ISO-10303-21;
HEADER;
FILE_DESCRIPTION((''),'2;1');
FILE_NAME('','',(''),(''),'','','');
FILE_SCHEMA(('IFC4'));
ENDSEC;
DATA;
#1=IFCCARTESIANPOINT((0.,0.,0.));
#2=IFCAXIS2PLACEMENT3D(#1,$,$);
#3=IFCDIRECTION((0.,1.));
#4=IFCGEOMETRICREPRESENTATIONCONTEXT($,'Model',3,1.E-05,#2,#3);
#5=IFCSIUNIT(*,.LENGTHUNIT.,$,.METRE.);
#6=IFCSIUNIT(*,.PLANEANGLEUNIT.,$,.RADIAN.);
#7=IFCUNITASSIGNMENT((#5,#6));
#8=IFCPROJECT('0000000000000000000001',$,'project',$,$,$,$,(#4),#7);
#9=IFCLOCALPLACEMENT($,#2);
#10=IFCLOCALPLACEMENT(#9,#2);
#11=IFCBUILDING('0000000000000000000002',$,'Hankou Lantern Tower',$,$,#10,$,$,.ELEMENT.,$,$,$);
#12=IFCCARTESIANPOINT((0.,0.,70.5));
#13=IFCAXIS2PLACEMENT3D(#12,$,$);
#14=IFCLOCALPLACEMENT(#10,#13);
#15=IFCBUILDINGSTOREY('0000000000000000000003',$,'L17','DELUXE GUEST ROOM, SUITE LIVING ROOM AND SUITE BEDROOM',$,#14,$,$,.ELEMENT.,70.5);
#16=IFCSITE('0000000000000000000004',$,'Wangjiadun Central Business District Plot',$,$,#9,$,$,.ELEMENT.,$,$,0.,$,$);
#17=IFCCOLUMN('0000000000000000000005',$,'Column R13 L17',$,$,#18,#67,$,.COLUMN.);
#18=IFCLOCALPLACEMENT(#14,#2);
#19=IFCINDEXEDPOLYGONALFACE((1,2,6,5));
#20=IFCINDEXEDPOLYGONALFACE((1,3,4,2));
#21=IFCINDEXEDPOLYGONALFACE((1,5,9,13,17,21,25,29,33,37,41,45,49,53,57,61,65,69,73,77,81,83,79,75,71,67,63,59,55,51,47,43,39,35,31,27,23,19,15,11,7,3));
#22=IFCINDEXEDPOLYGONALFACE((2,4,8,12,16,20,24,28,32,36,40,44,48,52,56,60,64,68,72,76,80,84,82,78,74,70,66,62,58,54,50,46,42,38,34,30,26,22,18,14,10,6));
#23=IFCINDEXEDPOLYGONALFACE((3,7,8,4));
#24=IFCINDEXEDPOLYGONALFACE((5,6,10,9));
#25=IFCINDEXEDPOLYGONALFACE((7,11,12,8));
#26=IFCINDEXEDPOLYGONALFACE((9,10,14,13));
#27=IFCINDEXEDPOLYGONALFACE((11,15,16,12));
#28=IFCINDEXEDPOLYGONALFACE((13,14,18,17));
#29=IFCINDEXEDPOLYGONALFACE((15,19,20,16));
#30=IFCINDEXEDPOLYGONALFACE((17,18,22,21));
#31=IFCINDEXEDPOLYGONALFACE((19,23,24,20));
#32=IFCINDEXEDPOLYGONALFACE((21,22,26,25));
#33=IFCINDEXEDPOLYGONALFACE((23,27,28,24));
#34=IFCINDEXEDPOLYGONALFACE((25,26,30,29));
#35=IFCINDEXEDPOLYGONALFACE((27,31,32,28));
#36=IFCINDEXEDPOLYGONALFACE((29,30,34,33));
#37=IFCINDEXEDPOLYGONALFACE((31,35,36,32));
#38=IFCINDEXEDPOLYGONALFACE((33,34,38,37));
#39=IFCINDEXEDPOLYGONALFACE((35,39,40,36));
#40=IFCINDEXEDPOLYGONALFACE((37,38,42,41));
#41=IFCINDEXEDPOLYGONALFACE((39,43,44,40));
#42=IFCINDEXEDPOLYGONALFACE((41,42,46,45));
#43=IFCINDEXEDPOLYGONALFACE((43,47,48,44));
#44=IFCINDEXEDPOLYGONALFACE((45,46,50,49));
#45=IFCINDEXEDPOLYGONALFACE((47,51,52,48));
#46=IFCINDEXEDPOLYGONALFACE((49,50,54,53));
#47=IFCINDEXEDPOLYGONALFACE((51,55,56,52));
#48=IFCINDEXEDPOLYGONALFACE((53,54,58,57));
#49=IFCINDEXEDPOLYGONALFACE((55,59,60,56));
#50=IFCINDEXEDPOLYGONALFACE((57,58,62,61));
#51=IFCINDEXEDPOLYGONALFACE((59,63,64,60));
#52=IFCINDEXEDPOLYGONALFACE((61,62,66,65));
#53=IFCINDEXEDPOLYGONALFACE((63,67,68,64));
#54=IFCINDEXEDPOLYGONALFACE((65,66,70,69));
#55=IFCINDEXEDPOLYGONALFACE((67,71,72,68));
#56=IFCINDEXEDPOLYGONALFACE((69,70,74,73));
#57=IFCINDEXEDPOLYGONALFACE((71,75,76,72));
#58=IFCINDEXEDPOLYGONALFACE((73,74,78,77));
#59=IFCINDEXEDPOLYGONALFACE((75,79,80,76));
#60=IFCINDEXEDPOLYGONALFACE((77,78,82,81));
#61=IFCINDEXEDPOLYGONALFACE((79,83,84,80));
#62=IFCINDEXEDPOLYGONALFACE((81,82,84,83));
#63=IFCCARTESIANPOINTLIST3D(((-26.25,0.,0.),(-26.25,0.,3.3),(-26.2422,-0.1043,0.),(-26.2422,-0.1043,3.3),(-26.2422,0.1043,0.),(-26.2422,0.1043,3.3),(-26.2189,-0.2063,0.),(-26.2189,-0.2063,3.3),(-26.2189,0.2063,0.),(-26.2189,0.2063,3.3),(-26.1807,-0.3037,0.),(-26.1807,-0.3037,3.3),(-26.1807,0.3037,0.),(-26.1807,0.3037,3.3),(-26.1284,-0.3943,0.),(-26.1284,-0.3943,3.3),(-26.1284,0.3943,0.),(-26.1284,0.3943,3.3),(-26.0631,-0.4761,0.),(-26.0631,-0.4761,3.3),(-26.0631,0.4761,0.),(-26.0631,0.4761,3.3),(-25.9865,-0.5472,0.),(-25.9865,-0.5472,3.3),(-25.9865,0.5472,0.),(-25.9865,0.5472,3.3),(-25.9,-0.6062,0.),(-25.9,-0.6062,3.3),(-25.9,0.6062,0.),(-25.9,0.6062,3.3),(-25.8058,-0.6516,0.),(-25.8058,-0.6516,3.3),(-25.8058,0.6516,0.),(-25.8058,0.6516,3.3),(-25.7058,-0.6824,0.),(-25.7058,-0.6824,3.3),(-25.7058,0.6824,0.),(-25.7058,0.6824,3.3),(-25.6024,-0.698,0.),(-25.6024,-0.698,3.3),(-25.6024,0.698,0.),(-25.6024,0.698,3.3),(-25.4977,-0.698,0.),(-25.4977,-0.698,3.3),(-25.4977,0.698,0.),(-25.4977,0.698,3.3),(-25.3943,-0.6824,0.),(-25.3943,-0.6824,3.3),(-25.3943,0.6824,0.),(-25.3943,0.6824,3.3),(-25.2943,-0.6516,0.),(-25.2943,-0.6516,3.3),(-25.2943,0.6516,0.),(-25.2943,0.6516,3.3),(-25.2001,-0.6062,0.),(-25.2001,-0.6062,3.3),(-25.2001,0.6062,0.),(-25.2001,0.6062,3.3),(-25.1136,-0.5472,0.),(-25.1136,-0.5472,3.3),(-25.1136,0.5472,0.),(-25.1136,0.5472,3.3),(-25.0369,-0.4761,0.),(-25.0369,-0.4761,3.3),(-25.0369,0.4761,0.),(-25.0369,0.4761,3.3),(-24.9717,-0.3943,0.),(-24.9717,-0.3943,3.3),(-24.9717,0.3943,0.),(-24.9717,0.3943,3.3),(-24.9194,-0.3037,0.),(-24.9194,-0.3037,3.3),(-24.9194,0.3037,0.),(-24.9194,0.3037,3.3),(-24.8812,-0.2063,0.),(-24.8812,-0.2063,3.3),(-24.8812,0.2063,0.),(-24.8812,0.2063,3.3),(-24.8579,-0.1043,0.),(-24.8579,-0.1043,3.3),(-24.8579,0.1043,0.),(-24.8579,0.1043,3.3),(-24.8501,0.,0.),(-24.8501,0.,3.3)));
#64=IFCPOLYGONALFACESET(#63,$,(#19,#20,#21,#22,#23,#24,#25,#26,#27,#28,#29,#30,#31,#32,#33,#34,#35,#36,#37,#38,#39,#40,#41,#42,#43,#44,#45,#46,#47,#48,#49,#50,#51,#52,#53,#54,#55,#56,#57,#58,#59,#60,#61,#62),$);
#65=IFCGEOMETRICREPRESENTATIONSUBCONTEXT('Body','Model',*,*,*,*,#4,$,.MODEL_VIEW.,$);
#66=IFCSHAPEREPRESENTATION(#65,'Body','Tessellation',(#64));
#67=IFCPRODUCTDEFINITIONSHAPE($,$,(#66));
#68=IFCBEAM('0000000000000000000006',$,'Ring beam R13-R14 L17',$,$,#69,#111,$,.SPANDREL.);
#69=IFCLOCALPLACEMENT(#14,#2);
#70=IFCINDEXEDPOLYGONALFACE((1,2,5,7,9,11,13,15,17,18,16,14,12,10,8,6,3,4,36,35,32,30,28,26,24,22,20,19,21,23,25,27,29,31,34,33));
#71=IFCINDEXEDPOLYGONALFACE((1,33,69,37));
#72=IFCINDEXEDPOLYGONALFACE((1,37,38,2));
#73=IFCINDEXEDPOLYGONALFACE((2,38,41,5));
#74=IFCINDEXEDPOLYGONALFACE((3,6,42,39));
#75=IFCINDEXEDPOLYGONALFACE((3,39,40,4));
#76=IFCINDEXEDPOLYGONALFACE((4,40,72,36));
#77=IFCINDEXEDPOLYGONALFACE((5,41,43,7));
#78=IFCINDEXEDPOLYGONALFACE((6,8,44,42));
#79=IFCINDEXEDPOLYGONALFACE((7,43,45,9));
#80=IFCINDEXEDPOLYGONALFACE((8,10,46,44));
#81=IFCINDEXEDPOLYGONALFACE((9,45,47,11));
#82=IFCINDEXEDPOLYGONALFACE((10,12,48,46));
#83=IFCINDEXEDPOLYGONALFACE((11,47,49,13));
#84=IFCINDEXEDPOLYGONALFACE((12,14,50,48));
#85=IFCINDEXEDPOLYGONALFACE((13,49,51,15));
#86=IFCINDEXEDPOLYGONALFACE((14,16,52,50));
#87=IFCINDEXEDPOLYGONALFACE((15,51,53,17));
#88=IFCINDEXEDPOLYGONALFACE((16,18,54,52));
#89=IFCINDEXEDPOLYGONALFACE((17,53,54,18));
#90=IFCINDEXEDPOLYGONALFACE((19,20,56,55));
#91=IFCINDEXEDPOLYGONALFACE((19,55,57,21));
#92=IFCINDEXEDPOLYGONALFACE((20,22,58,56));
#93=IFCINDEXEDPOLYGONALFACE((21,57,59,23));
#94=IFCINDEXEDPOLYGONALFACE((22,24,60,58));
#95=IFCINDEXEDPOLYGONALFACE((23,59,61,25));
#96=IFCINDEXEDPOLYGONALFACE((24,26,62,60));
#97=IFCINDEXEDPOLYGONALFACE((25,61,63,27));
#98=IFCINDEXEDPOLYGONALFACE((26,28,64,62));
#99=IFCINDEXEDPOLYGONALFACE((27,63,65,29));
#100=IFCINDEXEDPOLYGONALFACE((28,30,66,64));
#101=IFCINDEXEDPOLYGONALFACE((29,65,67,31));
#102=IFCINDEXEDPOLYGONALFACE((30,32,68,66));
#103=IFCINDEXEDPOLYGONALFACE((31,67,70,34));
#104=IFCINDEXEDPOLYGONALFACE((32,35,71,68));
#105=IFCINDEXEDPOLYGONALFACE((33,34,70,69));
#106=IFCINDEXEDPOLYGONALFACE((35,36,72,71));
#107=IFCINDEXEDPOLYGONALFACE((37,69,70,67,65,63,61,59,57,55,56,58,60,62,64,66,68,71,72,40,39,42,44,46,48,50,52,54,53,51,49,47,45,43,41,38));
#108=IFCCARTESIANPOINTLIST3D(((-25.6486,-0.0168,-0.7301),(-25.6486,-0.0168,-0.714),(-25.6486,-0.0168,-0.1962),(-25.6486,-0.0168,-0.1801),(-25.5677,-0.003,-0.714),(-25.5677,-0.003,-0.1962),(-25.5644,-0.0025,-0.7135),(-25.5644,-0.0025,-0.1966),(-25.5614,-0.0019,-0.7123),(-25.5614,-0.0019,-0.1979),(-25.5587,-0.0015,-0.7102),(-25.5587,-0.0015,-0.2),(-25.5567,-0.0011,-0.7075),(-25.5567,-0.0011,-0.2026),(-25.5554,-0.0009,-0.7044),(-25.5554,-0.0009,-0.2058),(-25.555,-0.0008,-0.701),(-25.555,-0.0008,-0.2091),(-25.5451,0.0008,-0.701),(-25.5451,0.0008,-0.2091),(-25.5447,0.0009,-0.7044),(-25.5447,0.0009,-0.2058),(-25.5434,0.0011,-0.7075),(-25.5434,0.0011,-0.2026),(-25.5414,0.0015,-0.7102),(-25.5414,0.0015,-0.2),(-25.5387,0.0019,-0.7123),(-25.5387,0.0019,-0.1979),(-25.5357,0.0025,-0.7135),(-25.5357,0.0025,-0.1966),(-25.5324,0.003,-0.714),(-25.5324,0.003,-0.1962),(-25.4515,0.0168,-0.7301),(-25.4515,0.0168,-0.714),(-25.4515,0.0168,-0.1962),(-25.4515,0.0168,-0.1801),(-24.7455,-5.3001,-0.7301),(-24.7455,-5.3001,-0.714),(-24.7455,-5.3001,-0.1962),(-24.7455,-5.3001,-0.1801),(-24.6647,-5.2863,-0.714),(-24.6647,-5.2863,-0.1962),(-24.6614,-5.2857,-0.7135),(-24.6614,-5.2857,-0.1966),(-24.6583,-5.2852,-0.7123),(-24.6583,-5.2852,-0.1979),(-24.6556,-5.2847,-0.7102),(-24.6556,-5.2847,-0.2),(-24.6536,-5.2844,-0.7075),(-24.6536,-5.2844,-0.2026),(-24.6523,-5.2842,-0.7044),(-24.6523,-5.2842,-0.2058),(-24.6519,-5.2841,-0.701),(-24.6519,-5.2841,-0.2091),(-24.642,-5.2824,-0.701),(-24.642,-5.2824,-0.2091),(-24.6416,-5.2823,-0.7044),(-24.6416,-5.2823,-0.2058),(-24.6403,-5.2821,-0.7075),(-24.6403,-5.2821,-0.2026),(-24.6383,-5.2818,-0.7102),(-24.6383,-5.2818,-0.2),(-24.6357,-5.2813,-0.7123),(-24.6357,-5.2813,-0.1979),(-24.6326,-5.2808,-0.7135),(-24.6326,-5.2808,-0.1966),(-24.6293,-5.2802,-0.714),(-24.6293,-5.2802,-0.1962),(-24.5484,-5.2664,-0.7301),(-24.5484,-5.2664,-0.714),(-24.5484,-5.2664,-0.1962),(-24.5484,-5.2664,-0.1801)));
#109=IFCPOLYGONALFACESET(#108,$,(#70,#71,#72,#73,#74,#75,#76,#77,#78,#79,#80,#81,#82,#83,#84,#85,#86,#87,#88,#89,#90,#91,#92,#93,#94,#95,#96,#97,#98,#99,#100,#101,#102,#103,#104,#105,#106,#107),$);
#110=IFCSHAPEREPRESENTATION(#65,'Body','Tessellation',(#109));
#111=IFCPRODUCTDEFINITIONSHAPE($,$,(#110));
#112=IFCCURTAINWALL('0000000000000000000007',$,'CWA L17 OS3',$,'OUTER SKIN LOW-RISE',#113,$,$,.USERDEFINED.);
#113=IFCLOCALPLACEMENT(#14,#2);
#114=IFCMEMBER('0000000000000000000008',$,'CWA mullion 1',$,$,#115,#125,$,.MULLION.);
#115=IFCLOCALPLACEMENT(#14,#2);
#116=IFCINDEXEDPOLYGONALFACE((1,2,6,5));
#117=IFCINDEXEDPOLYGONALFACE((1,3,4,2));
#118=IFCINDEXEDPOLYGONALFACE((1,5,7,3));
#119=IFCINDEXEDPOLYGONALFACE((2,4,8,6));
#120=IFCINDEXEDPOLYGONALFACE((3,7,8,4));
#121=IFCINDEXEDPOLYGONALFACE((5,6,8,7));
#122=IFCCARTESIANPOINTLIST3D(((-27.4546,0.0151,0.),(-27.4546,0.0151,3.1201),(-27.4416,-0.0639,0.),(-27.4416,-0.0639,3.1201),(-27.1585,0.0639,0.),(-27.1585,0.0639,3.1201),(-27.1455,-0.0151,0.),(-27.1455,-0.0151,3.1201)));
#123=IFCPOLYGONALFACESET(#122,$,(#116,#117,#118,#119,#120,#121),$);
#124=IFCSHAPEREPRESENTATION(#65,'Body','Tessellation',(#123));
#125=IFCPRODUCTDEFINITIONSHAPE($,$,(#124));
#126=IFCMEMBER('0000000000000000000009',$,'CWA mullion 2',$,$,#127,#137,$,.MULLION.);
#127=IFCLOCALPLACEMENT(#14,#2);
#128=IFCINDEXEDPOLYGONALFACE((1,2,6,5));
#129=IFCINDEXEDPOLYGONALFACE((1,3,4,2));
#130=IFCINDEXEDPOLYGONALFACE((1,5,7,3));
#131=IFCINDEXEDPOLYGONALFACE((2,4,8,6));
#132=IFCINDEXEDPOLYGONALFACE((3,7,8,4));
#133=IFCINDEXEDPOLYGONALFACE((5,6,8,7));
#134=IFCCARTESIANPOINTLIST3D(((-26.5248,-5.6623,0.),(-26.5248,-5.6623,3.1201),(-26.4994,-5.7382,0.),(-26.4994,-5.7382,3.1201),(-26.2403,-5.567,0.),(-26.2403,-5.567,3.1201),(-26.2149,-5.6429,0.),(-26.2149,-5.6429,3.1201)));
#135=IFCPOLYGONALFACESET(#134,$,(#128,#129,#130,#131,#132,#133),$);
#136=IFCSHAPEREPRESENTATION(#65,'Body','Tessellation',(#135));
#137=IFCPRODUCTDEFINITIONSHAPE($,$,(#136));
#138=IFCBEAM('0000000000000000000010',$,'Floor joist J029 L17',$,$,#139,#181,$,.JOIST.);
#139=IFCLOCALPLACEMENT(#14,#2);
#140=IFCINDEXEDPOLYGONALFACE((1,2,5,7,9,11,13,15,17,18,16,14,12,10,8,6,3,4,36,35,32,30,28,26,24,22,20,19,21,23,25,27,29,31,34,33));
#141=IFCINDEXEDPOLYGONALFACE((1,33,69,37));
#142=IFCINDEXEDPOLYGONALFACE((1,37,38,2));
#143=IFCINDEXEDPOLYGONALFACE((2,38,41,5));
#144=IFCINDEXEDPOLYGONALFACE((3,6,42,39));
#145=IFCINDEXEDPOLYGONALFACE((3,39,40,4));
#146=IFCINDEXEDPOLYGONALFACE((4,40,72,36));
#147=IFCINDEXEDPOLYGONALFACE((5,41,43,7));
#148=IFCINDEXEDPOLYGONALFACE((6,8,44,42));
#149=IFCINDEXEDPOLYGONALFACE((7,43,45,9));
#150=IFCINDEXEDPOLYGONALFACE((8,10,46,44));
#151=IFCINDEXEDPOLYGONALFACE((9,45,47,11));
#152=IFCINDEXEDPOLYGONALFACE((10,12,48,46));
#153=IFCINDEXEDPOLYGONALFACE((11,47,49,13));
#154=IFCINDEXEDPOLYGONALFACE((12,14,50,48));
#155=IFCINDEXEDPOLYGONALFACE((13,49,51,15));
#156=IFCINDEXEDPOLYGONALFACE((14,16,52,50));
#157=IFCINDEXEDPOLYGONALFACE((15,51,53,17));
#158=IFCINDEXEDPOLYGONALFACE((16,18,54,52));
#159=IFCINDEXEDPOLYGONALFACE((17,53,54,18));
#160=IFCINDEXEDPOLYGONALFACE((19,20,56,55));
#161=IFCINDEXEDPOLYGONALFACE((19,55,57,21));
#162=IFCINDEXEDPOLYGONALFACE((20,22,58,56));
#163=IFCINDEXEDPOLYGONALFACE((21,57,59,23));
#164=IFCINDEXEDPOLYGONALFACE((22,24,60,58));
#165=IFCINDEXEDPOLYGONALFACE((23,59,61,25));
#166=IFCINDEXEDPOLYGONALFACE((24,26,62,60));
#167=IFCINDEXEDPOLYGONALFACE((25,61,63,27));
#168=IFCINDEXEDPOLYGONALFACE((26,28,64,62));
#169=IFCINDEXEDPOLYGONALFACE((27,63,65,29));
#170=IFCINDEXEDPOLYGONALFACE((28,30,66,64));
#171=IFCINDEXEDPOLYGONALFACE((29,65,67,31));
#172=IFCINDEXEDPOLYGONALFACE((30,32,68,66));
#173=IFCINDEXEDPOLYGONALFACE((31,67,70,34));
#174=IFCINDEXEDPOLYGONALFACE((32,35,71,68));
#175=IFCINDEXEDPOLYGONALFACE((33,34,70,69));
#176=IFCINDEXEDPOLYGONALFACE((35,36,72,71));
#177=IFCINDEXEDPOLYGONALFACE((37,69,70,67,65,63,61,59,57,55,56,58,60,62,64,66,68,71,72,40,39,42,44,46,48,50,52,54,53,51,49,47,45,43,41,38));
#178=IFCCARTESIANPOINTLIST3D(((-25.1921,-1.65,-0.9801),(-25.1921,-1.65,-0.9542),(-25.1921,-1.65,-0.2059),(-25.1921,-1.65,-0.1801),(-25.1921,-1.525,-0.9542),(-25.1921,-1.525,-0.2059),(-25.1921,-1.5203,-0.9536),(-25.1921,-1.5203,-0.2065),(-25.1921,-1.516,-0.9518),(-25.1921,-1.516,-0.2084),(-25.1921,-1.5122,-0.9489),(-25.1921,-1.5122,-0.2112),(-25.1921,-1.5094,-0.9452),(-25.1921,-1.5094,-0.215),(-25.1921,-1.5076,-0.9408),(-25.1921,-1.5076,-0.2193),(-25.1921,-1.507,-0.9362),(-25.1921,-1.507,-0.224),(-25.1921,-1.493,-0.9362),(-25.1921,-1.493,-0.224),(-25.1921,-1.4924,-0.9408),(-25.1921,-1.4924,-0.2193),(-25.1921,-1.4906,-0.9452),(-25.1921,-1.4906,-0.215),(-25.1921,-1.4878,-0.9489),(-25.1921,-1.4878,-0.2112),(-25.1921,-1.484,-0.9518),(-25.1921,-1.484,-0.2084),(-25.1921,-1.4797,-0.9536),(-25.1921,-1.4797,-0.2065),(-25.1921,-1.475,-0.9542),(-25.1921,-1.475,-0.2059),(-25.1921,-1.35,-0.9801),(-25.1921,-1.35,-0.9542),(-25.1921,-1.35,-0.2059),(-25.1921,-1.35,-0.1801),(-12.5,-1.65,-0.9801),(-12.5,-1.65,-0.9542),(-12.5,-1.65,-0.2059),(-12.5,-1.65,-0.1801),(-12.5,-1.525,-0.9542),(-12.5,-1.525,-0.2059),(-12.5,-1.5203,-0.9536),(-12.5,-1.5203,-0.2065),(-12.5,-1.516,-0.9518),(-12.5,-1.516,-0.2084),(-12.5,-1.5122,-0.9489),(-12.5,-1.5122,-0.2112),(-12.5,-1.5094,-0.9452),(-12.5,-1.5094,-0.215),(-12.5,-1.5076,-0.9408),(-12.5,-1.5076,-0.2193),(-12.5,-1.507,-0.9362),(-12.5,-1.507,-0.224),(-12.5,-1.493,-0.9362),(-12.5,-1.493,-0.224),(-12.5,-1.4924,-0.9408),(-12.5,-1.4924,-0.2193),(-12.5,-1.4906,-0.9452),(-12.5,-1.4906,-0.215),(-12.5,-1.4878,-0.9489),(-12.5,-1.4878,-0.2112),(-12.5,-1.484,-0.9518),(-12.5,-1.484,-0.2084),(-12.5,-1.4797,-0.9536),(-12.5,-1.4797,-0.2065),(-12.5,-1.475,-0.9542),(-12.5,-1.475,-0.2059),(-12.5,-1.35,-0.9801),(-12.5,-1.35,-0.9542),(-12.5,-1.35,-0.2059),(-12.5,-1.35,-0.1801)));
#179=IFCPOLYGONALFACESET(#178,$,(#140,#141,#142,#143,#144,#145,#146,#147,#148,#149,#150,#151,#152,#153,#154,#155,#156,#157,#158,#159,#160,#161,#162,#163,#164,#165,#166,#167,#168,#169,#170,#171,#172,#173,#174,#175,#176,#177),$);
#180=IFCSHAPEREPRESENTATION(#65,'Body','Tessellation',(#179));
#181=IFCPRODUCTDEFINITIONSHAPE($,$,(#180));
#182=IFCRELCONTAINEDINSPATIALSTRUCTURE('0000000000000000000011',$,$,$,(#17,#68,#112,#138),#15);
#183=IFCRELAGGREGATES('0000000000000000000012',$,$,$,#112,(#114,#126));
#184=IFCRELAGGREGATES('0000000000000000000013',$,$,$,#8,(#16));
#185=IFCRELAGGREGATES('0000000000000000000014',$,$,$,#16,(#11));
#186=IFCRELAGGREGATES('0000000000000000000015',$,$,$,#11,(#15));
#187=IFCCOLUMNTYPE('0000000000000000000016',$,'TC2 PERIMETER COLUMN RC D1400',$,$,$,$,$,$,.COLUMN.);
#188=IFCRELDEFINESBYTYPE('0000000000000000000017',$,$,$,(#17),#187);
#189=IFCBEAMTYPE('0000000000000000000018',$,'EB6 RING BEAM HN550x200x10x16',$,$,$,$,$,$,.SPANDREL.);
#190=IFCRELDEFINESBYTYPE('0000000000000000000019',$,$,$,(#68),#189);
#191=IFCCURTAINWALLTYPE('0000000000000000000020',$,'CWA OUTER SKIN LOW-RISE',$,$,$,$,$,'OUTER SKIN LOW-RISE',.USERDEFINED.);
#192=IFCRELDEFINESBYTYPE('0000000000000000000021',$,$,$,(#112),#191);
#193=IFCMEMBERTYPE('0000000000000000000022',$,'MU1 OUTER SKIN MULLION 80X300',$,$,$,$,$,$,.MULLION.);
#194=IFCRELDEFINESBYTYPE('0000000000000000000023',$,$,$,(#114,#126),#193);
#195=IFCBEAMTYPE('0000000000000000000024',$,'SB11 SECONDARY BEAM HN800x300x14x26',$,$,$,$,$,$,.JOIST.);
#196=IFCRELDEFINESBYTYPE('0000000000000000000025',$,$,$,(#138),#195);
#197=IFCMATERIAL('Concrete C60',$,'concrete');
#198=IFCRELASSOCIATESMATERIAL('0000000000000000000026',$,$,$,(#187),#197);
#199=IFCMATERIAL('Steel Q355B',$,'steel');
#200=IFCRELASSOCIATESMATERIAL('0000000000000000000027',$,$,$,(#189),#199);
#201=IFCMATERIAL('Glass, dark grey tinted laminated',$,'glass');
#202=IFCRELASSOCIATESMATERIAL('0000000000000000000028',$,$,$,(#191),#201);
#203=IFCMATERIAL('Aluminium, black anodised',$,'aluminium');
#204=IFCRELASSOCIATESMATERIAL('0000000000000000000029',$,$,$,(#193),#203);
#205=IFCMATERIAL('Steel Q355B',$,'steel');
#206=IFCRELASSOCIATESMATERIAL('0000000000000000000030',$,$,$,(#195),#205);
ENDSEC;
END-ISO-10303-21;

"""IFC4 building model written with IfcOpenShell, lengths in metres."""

from ifc_helpers import new_model, si_unit, direction, frame, origin, origin_2d, place, context, subcontext, project, spatial, rectangle, circle, i_section, extrude, material, material_profile, profile_set, type_object, element, aggregate, save


model = new_model("IFC4")

# Units and contexts
model_context = context("Model", 3, precision=1e-05, world=origin(), true_north=direction((0.0, 1.0)))
body_context = subcontext(model_context, "Body", "Model", "MODEL_VIEW")
ifc_project = project(units=[si_unit("LENGTHUNIT", "METRE"), si_unit("PLANEANGLEUNIT", "RADIAN")], contexts=[model_context])

# Site, building, storey
site_placement = place(None, origin())
site = spatial("IfcSite", under=ifc_project, at=site_placement, Name="Wangjiadun Central Business District Plot", CompositionType="ELEMENT", RefElevation=0.0)
building_placement = place(site_placement, origin())
building = spatial("IfcBuilding", under=site, at=building_placement, Name="Hankou Lantern Tower", CompositionType="ELEMENT")
storey_placement = place(building_placement, frame((0.0, 0.0, 70.5)))
storey = spatial("IfcBuildingStorey", under=building, at=storey_placement, Name="L17", Description="DELUXE GUEST ROOM, SUITE LIVING ROOM AND SUITE BEDROOM", CompositionType="ELEMENT", Elevation=70.5)

# Column
ifc_material_1 = material(Name="Concrete C60", Category="concrete")
ifc_material_profile_1 = material_profile(ifc_material_1, circle(Radius=0.7, at=origin_2d()), Name="RC D1400")
ifc_profile_set_1 = profile_set([ifc_material_profile_1], Name="Concrete C60")
column_type = type_object("IfcColumnType", Name="TC2 PERIMETER COLUMN RC D1400", PredefinedType="COLUMN", material=ifc_profile_set_1)
column_placement = place(storey_placement, frame((-25.55, 0.0, 0.0), z_axis=(0.0, 0.0, 1.0), x_axis=(1.0, 0.0, 0.0)))
element("IfcColumn", 1, at=column_placement, inside=storey, type_object=column_type, Name="Column R13 L17", PredefinedType="COLUMN", context=body_context, shape_type="SweptSolid", body=[
    extrude(circle(Radius=0.7, at=origin_2d()), origin(), (0.0, 0.0, 1.0), 3.3),
])

# Beam
ifc_material_2 = material(Name="Steel Q355B", Category="steel")
ifc_material_profile_2 = material_profile(ifc_material_2, i_section(OverallWidth=0.2, OverallDepth=0.55, WebThickness=0.01, FlangeThickness=0.0161, FilletRadius=0.0129, at=origin_2d()), Name="HN550x200x10x16")
ifc_profile_set_2 = profile_set([ifc_material_profile_2], Name="Steel Q355B")
beam_type_1 = type_object("IfcBeamType", Name="EB6 RING BEAM HN550x200x10x16", PredefinedType="SPANDREL", material=ifc_profile_set_2)
beam_placement = place(storey_placement, frame((-25.55, 0.0, -0.4551), z_axis=(0.16849, -0.985703, 0.0), x_axis=(0.985703, 0.16849, 0.0)))
element("IfcBeam", 2, at=beam_placement, inside=storey, type_object=beam_type_1, Name="Ring beam R13-R14 L17", PredefinedType="SPANDREL", context=body_context, shape_type="SweptSolid", body=[
    extrude(i_section(OverallWidth=0.2, OverallDepth=0.55, WebThickness=0.01, FlangeThickness=0.0161, FilletRadius=0.0129, at=origin_2d()), origin(), (0.0, 0.0, 1.0), 5.3599),
])

# Curtain wall, members
ifc_material_3 = material(Name="Glass, dark grey tinted laminated", Category="glass")
curtain_wall_type = type_object("IfcCurtainWallType", Name="CWA OUTER SKIN LOW-RISE", ElementType="OUTER SKIN LOW-RISE", PredefinedType="USERDEFINED", material=ifc_material_3)
curtain_wall_placement = place(storey_placement, origin())
curtain_wall = element("IfcCurtainWall", 3, at=curtain_wall_placement, inside=storey, type_object=curtain_wall_type, Name="CWA L17 OS3", ObjectType="OUTER SKIN LOW-RISE", PredefinedType="USERDEFINED")
ifc_material_4 = material(Name="Aluminium, black anodised", Category="aluminium")
ifc_material_profile_3 = material_profile(ifc_material_4, rectangle(XDim=0.0801, YDim=0.3, at=origin_2d()), Name="MU1 80X300")
ifc_profile_set_3 = profile_set([ifc_material_profile_3], Name="Aluminium, black anodised")
member_type_1 = type_object("IfcMemberType", Name="MU1 OUTER SKIN MULLION 80X300", PredefinedType="MULLION", material=ifc_profile_set_3)
member_1_placement = place(storey_placement, frame((-27.3, 0.0, 0.0), z_axis=(0.0, 0.0, 1.0), x_axis=(0.162382, -0.986728, 0.0)))
member_1 = element("IfcMember", 4, at=member_1_placement, type_object=member_type_1, Name="CWA mullion 1", PredefinedType="MULLION", context=body_context, shape_type="SweptSolid", body=[
    extrude(rectangle(XDim=0.0801, YDim=0.3, at=origin_2d()), origin(), (0.0, 0.0, 1.0), 3.1201),
])
member_2_placement = place(storey_placement, frame((-26.3699, -5.6526, 0.0), z_axis=(0.0, 0.0, 1.0), x_axis=(0.317596, -0.948226, 0.0)))
member_2 = element("IfcMember", 5, at=member_2_placement, type_object=member_type_1, Name="CWA mullion 2", PredefinedType="MULLION", context=body_context, shape_type="SweptSolid", body=[
    extrude(rectangle(XDim=0.0801, YDim=0.3, at=origin_2d()), origin(), (0.0, 0.0, 1.0), 3.1201),
])

# Beam
ifc_material_5 = material(Name="Steel Q355B", Category="steel")
ifc_material_profile_4 = material_profile(ifc_material_5, i_section(OverallWidth=0.3, OverallDepth=0.8, WebThickness=0.0139, FlangeThickness=0.0259, FilletRadius=0.0181, at=origin_2d()), Name="HN800x300x14x26")
ifc_profile_set_4 = profile_set([ifc_material_profile_4], Name="Steel Q355B")
beam_type_2 = type_object("IfcBeamType", Name="SB11 SECONDARY BEAM HN800x300x14x26", PredefinedType="JOIST", material=ifc_profile_set_4)
for number, where, z_axis, x_axis, name in (
    (6, (-25.1921, -1.5, -0.5801), (1.0, 0.0, 0.0), (0.0, 1.0, 0.0), "Floor joist J029 L17"),
):
    element("IfcBeam", number, at=place(storey_placement, frame(where, z_axis=z_axis, x_axis=x_axis)), inside=storey, type_object=beam_type_2, Name=name, PredefinedType="JOIST", context=body_context, shape_type="SweptSolid", body=[
        extrude(i_section(OverallWidth=0.3, OverallDepth=0.8, WebThickness=0.0139, FlangeThickness=0.0259, FilletRadius=0.0181, at=origin_2d()), origin(), (0.0, 0.0, 1.0), 12.6921),
    ])

aggregate(curtain_wall, [member_1, member_2])

save(model, "model.ifc")
